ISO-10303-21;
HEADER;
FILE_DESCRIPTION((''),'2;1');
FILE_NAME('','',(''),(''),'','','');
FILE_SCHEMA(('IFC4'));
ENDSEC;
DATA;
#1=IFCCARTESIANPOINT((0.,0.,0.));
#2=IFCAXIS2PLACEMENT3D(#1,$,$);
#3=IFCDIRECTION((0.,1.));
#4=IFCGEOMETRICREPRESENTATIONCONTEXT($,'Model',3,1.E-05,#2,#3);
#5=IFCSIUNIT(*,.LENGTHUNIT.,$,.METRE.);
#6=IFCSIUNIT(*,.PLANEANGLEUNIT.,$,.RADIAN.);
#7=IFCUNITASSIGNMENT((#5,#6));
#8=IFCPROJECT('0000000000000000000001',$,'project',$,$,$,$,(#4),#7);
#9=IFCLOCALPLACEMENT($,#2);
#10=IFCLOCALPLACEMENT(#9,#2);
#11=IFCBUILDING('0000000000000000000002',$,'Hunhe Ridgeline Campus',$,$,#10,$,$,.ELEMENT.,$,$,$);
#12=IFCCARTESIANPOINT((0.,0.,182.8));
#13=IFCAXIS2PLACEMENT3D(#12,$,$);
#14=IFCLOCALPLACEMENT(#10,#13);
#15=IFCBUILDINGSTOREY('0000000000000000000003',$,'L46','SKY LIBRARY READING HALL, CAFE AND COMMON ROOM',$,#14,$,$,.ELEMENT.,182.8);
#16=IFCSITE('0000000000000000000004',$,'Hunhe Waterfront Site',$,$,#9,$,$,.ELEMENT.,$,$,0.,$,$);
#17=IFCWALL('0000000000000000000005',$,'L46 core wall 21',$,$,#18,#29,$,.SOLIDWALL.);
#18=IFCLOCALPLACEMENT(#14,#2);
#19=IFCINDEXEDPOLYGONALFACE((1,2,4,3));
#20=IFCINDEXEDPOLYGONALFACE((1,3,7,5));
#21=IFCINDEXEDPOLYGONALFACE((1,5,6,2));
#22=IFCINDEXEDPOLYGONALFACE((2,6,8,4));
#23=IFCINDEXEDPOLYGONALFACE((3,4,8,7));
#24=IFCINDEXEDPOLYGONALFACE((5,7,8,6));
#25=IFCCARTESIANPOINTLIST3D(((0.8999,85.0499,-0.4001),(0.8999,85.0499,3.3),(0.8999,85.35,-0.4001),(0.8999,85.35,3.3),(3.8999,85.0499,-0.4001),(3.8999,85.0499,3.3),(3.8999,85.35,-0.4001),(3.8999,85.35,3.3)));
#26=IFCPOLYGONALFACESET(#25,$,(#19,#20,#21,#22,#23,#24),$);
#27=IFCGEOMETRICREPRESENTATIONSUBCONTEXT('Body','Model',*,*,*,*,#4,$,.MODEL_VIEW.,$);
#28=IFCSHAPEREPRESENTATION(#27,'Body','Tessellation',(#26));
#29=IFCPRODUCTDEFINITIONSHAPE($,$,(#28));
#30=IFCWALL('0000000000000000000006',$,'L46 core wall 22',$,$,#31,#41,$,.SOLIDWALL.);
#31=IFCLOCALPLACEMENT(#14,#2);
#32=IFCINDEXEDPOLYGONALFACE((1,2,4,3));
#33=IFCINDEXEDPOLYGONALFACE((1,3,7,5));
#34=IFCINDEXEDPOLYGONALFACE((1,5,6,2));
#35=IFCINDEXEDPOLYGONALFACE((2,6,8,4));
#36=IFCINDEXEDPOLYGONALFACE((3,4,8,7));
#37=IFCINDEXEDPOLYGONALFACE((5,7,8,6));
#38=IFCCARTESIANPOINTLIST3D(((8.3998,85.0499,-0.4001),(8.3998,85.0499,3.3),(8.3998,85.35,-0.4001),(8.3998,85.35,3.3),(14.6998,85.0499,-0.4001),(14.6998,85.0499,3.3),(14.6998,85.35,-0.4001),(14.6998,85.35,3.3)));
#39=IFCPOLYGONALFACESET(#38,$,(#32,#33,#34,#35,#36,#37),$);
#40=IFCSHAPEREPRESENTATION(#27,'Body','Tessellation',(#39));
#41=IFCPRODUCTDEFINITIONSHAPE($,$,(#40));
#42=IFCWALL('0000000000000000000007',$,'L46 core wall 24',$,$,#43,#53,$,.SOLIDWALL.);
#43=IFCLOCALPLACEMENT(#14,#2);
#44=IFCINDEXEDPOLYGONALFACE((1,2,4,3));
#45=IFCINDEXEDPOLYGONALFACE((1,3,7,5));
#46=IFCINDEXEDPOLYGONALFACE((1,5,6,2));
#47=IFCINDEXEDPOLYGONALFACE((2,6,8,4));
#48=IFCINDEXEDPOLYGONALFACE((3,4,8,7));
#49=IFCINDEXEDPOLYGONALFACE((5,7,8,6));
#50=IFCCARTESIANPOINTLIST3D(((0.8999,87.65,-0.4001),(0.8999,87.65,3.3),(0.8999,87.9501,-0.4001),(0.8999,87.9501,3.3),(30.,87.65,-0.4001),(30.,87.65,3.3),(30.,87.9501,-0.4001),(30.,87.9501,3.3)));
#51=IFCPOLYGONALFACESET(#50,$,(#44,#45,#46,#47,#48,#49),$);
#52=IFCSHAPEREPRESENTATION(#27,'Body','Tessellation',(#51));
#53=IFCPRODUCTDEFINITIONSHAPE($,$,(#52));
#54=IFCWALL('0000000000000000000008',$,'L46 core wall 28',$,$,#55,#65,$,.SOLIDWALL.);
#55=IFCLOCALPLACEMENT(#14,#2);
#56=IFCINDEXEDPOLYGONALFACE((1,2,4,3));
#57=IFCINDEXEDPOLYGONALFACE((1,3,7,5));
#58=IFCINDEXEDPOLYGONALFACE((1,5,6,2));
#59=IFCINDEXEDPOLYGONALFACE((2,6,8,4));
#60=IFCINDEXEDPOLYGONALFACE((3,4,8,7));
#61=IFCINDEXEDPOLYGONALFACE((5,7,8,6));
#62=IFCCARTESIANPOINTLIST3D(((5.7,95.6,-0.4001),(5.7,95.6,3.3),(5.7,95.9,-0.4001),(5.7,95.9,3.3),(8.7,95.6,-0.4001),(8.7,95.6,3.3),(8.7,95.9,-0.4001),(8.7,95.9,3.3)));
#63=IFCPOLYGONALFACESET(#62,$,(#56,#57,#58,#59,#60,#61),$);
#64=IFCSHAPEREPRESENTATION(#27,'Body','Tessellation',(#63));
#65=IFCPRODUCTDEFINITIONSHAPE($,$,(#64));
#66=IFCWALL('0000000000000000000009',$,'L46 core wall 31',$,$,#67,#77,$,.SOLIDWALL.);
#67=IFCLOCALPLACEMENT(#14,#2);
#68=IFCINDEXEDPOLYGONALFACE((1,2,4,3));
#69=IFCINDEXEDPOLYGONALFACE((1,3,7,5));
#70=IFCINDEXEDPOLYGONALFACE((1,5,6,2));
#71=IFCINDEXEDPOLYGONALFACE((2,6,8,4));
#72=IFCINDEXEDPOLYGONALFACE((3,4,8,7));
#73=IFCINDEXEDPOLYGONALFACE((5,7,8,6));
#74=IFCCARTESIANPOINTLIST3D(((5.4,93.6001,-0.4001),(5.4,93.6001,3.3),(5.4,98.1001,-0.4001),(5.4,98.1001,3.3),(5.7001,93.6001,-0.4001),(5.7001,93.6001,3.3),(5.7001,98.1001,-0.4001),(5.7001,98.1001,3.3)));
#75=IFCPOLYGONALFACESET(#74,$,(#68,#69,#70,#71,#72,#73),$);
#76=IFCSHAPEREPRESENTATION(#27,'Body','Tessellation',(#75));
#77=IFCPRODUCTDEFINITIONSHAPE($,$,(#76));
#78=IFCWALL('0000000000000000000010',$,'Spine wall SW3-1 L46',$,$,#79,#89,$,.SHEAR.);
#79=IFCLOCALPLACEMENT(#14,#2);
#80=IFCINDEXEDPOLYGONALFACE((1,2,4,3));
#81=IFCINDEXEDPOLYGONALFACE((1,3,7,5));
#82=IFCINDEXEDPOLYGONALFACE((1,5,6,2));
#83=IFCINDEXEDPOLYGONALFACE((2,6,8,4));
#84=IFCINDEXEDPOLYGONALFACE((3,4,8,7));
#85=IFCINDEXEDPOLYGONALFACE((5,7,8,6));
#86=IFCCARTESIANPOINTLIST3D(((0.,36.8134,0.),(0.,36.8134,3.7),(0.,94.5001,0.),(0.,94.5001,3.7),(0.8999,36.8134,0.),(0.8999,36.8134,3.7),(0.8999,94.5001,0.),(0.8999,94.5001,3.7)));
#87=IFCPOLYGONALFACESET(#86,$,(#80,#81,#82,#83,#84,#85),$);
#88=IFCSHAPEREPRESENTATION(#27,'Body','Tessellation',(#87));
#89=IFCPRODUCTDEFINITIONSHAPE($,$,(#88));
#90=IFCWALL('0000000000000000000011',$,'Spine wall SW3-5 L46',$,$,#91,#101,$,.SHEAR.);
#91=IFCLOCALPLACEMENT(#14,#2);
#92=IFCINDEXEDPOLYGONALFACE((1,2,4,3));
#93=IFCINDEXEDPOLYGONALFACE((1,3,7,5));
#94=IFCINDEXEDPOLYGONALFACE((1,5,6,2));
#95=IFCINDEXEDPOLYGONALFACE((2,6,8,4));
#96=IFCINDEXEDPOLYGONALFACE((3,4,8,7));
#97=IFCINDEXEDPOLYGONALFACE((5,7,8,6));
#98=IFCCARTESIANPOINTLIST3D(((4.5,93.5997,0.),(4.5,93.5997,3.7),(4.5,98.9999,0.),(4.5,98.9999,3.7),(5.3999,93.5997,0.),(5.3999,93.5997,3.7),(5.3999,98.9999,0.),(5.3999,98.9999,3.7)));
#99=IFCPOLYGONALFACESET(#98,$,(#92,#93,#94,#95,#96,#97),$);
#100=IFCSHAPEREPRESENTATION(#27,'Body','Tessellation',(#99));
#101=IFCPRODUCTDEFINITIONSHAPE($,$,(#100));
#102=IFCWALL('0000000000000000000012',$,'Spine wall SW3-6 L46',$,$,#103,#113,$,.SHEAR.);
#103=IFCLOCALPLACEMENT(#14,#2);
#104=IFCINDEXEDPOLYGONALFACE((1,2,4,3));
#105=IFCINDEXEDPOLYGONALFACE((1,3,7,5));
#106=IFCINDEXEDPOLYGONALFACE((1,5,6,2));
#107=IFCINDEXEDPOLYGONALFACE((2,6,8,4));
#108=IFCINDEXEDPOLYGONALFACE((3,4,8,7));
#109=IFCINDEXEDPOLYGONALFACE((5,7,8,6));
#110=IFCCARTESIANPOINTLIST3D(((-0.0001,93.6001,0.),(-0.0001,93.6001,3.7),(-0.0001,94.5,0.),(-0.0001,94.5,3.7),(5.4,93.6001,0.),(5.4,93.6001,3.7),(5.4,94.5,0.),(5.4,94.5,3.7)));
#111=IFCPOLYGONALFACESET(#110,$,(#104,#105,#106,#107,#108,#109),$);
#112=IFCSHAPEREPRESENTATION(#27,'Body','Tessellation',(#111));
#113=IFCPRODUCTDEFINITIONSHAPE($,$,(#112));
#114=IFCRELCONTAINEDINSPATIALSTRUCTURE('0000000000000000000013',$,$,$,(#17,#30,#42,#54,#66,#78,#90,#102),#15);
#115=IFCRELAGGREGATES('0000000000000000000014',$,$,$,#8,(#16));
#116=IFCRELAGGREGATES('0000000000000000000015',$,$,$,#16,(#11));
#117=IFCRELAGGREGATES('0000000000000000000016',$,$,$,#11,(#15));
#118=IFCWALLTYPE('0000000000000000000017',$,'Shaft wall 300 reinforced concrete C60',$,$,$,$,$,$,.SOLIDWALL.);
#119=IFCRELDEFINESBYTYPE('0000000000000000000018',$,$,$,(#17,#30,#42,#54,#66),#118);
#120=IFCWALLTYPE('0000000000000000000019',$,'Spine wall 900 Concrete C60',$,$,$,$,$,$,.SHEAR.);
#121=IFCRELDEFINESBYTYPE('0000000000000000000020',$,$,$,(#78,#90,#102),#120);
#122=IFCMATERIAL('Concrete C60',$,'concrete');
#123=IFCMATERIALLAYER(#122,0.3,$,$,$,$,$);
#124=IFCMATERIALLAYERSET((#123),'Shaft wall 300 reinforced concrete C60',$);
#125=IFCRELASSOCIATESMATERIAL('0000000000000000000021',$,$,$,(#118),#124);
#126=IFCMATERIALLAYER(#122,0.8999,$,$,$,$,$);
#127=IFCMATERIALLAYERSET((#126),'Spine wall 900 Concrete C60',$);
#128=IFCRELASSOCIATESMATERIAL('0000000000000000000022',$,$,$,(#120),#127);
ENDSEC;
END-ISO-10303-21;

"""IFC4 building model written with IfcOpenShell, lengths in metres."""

from ifc_helpers import new_model, si_unit, direction, frame, frame_2d, origin, place, context, subcontext, project, spatial, rectangle, extrude, material, layer, layer_set, type_object, element, save


model = new_model("IFC4")

# Units and contexts
model_context = context("Model", 3, precision=1e-05, world=origin(), true_north=direction((0.0, 1.0)))
body_context = subcontext(model_context, "Body", "Model", "MODEL_VIEW")
ifc_project = project(units=[si_unit("LENGTHUNIT", "METRE"), si_unit("PLANEANGLEUNIT", "RADIAN")], contexts=[model_context])

# Site, building, storey
site_placement = place(None, origin())
site = spatial("IfcSite", under=ifc_project, at=site_placement, Name="Hunhe Waterfront Site", CompositionType="ELEMENT", RefElevation=0.0)
building_placement = place(site_placement, origin())
building = spatial("IfcBuilding", under=site, at=building_placement, Name="Hunhe Ridgeline Campus", CompositionType="ELEMENT")
storey_placement = place(building_placement, frame((0.0, 0.0, 182.8)))
storey = spatial("IfcBuildingStorey", under=building, at=storey_placement, Name="L46", Description="SKY LIBRARY READING HALL, CAFE AND COMMON ROOM", CompositionType="ELEMENT", Elevation=182.8)

# Shared definitions
ifc_material_1 = material(Name="Concrete C60", Category="concrete")

# Walls
ifc_layer_1 = layer(ifc_material_1, 0.3)
ifc_layer_set_1 = layer_set([ifc_layer_1], Name="Shaft wall 300 reinforced concrete C60")
wall_type_1 = type_object("IfcWallType", Name="Shaft wall 300 reinforced concrete C60", PredefinedType="SOLIDWALL", material=ifc_layer_set_1)
wall_1_placement = place(storey_placement, frame((0.8999, 85.2, -0.4001), z_axis=(0.0, 0.0, 1.0), x_axis=(1.0, 0.0, 0.0)))
element("IfcWall", 1, at=wall_1_placement, inside=storey, type_object=wall_type_1, Name="L46 core wall 21", PredefinedType="SOLIDWALL", context=body_context, shape_type="SweptSolid", body=[
    extrude(rectangle(XDim=3.0, YDim=0.3, at=frame_2d((1.5, 0.0))), origin(), (0.0, 0.0, 1.0), 3.7002),
])
wall_2_placement = place(storey_placement, frame((8.3999, 85.2, -0.4001), z_axis=(0.0, 0.0, 1.0), x_axis=(1.0, 0.0, 0.0)))
element("IfcWall", 2, at=wall_2_placement, inside=storey, type_object=wall_type_1, Name="L46 core wall 22", PredefinedType="SOLIDWALL", context=body_context, shape_type="SweptSolid", body=[
    extrude(rectangle(XDim=6.3, YDim=0.3, at=frame_2d((3.1499, 0.0))), origin(), (0.0, 0.0, 1.0), 3.7002),
])
wall_3_placement = place(storey_placement, frame((0.8999, 87.8, -0.4001), z_axis=(0.0, 0.0, 1.0), x_axis=(1.0, 0.0, 0.0)))
element("IfcWall", 3, at=wall_3_placement, inside=storey, type_object=wall_type_1, Name="L46 core wall 24", PredefinedType="SOLIDWALL", context=body_context, shape_type="SweptSolid", body=[
    extrude(rectangle(XDim=29.1001, YDim=0.3, at=frame_2d((14.55, 0.0))), origin(), (0.0, 0.0, 1.0), 3.7002),
])

# Walls
wall_4_placement = place(storey_placement, frame((5.7, 95.75, -0.4001), z_axis=(0.0, 0.0, 1.0), x_axis=(1.0, 0.0, 0.0)))
element("IfcWall", 4, at=wall_4_placement, inside=storey, type_object=wall_type_1, Name="L46 core wall 28", PredefinedType="SOLIDWALL", context=body_context, shape_type="SweptSolid", body=[
    extrude(rectangle(XDim=3.0, YDim=0.3, at=frame_2d((1.5, 0.0))), origin(), (0.0, 0.0, 1.0), 3.7002),
])
wall_5_placement = place(storey_placement, frame((5.55, 93.6001, -0.4001), z_axis=(0.0, 0.0, 1.0), x_axis=(0.0, 1.0, 0.0)))
element("IfcWall", 5, at=wall_5_placement, inside=storey, type_object=wall_type_1, Name="L46 core wall 31", PredefinedType="SOLIDWALL", context=body_context, shape_type="SweptSolid", body=[
    extrude(rectangle(XDim=4.5, YDim=0.3, at=frame_2d((2.25, 0.0))), origin(), (0.0, 0.0, 1.0), 3.7002),
])

# Walls
ifc_layer_2 = layer(ifc_material_1, 0.8999)
ifc_layer_set_2 = layer_set([ifc_layer_2], Name="Spine wall 900 Concrete C60")
wall_type_2 = type_object("IfcWallType", Name="Spine wall 900 Concrete C60", PredefinedType="SHEAR", material=ifc_layer_set_2)
wall_6_placement = place(storey_placement, frame((0.45, 94.5, 0.0), z_axis=(0.0, 0.0, 1.0), x_axis=(0.0, -1.0, 0.0)))
element("IfcWall", 6, at=wall_6_placement, inside=storey, type_object=wall_type_2, Name="Spine wall SW3-1 L46", PredefinedType="SHEAR", context=body_context, shape_type="SweptSolid", body=[
    extrude(rectangle(XDim=57.6868, YDim=0.8999, at=frame_2d((28.8433, 0.0))), origin(), (0.0, 0.0, 1.0), 3.7),
])
for number, where, z_axis, x_axis, name in (
    (7, (4.95, 99.0, 0.0), (0.0, 0.0, 1.0), (0.0, -1.0, 0.0), "Spine wall SW3-5 L46"),
    (8, (5.4001, 94.05, 0.0), (0.0, 0.0, 1.0), (-1.0, 0.0, 0.0), "Spine wall SW3-6 L46"),
):
    element("IfcWall", number, at=place(storey_placement, frame(where, z_axis=z_axis, x_axis=x_axis)), inside=storey, type_object=wall_type_2, Name=name, PredefinedType="SHEAR", context=body_context, shape_type="SweptSolid", body=[
        extrude(rectangle(XDim=5.4001, YDim=0.8999, at=frame_2d((2.7002, 0.0))), origin(), (0.0, 0.0, 1.0), 3.7),
    ])

save(model, "model.ifc")
